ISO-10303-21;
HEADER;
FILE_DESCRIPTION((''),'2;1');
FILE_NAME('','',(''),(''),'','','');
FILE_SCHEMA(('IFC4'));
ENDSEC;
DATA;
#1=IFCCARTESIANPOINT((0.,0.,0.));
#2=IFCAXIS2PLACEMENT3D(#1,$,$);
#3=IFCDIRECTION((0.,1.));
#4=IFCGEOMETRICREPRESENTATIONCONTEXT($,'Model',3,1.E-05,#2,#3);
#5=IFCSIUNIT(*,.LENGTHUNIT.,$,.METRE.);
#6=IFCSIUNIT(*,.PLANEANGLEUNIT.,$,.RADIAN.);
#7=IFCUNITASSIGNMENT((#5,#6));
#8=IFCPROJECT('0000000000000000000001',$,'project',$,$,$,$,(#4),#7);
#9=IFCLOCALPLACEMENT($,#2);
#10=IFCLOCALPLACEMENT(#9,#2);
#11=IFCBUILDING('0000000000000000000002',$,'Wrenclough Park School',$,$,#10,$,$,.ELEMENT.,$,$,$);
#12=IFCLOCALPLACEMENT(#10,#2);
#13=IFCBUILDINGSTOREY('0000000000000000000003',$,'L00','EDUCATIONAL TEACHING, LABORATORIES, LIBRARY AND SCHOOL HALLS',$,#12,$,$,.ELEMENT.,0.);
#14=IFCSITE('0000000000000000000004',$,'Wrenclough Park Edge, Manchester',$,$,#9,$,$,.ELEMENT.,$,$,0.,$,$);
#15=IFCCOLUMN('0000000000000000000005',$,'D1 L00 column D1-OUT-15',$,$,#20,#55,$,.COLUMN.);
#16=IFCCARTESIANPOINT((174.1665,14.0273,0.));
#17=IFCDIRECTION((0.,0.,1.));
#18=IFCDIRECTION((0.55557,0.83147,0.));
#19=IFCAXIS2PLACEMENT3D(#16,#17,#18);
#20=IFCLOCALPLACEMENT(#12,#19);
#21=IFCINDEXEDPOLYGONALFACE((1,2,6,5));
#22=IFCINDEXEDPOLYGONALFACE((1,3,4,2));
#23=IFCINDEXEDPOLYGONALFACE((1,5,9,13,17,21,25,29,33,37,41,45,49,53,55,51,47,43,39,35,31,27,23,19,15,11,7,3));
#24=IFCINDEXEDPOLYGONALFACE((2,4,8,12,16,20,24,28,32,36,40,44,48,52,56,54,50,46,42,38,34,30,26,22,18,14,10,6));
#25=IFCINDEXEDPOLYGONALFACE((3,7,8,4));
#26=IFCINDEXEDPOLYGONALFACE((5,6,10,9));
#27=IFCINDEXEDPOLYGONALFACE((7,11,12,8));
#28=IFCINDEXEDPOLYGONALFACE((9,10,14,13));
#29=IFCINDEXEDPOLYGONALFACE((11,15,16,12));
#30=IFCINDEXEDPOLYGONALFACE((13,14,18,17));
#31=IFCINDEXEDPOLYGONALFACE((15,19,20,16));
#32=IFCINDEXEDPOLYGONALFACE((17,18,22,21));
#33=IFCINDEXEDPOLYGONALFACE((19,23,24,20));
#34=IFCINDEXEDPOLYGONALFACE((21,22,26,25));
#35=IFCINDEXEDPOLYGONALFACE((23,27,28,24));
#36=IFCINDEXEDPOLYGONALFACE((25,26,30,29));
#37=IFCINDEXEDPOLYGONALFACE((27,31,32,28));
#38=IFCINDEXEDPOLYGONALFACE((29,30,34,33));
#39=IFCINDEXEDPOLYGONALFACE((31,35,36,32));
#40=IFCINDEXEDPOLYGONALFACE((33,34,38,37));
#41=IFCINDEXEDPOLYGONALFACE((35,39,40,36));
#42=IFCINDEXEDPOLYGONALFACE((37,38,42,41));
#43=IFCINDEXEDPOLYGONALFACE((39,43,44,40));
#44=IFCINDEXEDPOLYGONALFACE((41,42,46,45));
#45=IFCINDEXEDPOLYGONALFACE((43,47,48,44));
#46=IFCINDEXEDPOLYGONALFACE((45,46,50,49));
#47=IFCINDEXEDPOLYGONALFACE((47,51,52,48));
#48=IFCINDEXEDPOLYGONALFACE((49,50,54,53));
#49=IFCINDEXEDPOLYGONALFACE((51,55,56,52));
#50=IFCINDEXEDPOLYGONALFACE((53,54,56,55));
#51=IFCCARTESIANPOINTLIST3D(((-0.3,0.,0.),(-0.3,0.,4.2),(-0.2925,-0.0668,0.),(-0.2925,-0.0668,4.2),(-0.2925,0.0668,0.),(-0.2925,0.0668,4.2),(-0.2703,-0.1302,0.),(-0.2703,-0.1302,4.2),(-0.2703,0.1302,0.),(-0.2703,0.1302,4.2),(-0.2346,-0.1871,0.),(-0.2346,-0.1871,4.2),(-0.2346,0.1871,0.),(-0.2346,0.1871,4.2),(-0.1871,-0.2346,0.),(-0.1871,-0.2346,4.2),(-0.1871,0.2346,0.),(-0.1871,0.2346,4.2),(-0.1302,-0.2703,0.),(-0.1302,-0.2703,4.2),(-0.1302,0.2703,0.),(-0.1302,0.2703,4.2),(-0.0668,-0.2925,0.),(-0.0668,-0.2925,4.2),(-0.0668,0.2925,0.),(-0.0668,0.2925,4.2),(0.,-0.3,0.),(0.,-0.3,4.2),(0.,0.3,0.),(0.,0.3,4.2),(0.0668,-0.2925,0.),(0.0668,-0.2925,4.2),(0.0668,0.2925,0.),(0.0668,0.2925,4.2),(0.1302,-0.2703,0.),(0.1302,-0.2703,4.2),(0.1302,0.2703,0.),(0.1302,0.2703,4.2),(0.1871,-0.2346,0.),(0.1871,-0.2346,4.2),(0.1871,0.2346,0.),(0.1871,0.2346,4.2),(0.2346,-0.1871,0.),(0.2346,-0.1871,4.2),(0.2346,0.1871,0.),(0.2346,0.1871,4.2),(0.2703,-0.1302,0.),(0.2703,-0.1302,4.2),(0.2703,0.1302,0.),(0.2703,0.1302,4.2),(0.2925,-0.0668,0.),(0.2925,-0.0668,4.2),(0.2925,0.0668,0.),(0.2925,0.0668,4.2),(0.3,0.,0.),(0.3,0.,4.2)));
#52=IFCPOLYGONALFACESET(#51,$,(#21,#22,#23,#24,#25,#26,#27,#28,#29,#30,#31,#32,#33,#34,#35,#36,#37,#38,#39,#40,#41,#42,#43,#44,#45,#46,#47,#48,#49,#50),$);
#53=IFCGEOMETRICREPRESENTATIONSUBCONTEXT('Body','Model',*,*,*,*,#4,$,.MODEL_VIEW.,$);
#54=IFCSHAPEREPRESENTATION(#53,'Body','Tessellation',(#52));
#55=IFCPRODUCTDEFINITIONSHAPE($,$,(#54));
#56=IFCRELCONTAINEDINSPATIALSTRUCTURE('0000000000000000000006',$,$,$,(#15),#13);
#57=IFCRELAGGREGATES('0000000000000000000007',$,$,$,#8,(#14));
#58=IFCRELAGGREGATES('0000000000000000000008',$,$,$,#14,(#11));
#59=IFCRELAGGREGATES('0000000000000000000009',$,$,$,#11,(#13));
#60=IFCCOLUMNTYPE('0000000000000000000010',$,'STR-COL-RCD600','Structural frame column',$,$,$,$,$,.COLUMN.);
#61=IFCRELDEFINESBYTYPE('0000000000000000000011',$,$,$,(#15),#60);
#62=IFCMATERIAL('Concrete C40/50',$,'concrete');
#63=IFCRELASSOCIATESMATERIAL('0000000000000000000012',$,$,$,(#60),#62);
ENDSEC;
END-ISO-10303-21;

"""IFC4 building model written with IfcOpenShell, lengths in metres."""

from ifc_helpers import new_model, si_unit, direction, frame, origin, origin_2d, place, context, subcontext, project, spatial, circle, extrude, material, material_profile, profile_set, type_object, element, save


model = new_model("IFC4")

# Units and contexts
model_context = context("Model", 3, precision=1e-05, world=origin(), true_north=direction((0.0, 1.0)))
body_context = subcontext(model_context, "Body", "Model", "MODEL_VIEW")
ifc_project = project(units=[si_unit("LENGTHUNIT", "METRE"), si_unit("PLANEANGLEUNIT", "RADIAN")], contexts=[model_context])

# Site, building, storey
site_placement = place(None, origin())
site = spatial("IfcSite", under=ifc_project, at=site_placement, Name="Wrenclough Park Edge, Manchester", CompositionType="ELEMENT", RefElevation=0.0)
building_placement = place(site_placement, origin())
building = spatial("IfcBuilding", under=site, at=building_placement, Name="Wrenclough Park School", CompositionType="ELEMENT")
storey_placement = place(building_placement, origin())
storey = spatial("IfcBuildingStorey", under=building, at=storey_placement, Name="L00", Description="EDUCATIONAL TEACHING, LABORATORIES, LIBRARY AND SCHOOL HALLS", CompositionType="ELEMENT", Elevation=0.0)

# Column
ifc_material_1 = material(Name="Concrete C40/50", Category="concrete")
ifc_material_profile_1 = material_profile(ifc_material_1, circle(Radius=0.3, at=origin_2d()), Name="RC COL D600")
ifc_profile_set_1 = profile_set([ifc_material_profile_1], Name="Concrete C40/50")
column_type = type_object("IfcColumnType", Name="STR-COL-RCD600", Description="Structural frame column", PredefinedType="COLUMN", material=ifc_profile_set_1)
column_placement = place(storey_placement, frame((174.1665, 14.0273, 0.0), z_axis=(0.0, 0.0, 1.0), x_axis=(0.55557, 0.83147, 0.0)))
element("IfcColumn", 1, at=column_placement, inside=storey, type_object=column_type, Name="D1 L00 column D1-OUT-15", PredefinedType="COLUMN", context=body_context, shape_type="SweptSolid", body=[
    extrude(circle(Radius=0.3, at=origin_2d()), origin(), (0.0, 0.0, 1.0), 4.2),
])

save(model, "model.ifc")
